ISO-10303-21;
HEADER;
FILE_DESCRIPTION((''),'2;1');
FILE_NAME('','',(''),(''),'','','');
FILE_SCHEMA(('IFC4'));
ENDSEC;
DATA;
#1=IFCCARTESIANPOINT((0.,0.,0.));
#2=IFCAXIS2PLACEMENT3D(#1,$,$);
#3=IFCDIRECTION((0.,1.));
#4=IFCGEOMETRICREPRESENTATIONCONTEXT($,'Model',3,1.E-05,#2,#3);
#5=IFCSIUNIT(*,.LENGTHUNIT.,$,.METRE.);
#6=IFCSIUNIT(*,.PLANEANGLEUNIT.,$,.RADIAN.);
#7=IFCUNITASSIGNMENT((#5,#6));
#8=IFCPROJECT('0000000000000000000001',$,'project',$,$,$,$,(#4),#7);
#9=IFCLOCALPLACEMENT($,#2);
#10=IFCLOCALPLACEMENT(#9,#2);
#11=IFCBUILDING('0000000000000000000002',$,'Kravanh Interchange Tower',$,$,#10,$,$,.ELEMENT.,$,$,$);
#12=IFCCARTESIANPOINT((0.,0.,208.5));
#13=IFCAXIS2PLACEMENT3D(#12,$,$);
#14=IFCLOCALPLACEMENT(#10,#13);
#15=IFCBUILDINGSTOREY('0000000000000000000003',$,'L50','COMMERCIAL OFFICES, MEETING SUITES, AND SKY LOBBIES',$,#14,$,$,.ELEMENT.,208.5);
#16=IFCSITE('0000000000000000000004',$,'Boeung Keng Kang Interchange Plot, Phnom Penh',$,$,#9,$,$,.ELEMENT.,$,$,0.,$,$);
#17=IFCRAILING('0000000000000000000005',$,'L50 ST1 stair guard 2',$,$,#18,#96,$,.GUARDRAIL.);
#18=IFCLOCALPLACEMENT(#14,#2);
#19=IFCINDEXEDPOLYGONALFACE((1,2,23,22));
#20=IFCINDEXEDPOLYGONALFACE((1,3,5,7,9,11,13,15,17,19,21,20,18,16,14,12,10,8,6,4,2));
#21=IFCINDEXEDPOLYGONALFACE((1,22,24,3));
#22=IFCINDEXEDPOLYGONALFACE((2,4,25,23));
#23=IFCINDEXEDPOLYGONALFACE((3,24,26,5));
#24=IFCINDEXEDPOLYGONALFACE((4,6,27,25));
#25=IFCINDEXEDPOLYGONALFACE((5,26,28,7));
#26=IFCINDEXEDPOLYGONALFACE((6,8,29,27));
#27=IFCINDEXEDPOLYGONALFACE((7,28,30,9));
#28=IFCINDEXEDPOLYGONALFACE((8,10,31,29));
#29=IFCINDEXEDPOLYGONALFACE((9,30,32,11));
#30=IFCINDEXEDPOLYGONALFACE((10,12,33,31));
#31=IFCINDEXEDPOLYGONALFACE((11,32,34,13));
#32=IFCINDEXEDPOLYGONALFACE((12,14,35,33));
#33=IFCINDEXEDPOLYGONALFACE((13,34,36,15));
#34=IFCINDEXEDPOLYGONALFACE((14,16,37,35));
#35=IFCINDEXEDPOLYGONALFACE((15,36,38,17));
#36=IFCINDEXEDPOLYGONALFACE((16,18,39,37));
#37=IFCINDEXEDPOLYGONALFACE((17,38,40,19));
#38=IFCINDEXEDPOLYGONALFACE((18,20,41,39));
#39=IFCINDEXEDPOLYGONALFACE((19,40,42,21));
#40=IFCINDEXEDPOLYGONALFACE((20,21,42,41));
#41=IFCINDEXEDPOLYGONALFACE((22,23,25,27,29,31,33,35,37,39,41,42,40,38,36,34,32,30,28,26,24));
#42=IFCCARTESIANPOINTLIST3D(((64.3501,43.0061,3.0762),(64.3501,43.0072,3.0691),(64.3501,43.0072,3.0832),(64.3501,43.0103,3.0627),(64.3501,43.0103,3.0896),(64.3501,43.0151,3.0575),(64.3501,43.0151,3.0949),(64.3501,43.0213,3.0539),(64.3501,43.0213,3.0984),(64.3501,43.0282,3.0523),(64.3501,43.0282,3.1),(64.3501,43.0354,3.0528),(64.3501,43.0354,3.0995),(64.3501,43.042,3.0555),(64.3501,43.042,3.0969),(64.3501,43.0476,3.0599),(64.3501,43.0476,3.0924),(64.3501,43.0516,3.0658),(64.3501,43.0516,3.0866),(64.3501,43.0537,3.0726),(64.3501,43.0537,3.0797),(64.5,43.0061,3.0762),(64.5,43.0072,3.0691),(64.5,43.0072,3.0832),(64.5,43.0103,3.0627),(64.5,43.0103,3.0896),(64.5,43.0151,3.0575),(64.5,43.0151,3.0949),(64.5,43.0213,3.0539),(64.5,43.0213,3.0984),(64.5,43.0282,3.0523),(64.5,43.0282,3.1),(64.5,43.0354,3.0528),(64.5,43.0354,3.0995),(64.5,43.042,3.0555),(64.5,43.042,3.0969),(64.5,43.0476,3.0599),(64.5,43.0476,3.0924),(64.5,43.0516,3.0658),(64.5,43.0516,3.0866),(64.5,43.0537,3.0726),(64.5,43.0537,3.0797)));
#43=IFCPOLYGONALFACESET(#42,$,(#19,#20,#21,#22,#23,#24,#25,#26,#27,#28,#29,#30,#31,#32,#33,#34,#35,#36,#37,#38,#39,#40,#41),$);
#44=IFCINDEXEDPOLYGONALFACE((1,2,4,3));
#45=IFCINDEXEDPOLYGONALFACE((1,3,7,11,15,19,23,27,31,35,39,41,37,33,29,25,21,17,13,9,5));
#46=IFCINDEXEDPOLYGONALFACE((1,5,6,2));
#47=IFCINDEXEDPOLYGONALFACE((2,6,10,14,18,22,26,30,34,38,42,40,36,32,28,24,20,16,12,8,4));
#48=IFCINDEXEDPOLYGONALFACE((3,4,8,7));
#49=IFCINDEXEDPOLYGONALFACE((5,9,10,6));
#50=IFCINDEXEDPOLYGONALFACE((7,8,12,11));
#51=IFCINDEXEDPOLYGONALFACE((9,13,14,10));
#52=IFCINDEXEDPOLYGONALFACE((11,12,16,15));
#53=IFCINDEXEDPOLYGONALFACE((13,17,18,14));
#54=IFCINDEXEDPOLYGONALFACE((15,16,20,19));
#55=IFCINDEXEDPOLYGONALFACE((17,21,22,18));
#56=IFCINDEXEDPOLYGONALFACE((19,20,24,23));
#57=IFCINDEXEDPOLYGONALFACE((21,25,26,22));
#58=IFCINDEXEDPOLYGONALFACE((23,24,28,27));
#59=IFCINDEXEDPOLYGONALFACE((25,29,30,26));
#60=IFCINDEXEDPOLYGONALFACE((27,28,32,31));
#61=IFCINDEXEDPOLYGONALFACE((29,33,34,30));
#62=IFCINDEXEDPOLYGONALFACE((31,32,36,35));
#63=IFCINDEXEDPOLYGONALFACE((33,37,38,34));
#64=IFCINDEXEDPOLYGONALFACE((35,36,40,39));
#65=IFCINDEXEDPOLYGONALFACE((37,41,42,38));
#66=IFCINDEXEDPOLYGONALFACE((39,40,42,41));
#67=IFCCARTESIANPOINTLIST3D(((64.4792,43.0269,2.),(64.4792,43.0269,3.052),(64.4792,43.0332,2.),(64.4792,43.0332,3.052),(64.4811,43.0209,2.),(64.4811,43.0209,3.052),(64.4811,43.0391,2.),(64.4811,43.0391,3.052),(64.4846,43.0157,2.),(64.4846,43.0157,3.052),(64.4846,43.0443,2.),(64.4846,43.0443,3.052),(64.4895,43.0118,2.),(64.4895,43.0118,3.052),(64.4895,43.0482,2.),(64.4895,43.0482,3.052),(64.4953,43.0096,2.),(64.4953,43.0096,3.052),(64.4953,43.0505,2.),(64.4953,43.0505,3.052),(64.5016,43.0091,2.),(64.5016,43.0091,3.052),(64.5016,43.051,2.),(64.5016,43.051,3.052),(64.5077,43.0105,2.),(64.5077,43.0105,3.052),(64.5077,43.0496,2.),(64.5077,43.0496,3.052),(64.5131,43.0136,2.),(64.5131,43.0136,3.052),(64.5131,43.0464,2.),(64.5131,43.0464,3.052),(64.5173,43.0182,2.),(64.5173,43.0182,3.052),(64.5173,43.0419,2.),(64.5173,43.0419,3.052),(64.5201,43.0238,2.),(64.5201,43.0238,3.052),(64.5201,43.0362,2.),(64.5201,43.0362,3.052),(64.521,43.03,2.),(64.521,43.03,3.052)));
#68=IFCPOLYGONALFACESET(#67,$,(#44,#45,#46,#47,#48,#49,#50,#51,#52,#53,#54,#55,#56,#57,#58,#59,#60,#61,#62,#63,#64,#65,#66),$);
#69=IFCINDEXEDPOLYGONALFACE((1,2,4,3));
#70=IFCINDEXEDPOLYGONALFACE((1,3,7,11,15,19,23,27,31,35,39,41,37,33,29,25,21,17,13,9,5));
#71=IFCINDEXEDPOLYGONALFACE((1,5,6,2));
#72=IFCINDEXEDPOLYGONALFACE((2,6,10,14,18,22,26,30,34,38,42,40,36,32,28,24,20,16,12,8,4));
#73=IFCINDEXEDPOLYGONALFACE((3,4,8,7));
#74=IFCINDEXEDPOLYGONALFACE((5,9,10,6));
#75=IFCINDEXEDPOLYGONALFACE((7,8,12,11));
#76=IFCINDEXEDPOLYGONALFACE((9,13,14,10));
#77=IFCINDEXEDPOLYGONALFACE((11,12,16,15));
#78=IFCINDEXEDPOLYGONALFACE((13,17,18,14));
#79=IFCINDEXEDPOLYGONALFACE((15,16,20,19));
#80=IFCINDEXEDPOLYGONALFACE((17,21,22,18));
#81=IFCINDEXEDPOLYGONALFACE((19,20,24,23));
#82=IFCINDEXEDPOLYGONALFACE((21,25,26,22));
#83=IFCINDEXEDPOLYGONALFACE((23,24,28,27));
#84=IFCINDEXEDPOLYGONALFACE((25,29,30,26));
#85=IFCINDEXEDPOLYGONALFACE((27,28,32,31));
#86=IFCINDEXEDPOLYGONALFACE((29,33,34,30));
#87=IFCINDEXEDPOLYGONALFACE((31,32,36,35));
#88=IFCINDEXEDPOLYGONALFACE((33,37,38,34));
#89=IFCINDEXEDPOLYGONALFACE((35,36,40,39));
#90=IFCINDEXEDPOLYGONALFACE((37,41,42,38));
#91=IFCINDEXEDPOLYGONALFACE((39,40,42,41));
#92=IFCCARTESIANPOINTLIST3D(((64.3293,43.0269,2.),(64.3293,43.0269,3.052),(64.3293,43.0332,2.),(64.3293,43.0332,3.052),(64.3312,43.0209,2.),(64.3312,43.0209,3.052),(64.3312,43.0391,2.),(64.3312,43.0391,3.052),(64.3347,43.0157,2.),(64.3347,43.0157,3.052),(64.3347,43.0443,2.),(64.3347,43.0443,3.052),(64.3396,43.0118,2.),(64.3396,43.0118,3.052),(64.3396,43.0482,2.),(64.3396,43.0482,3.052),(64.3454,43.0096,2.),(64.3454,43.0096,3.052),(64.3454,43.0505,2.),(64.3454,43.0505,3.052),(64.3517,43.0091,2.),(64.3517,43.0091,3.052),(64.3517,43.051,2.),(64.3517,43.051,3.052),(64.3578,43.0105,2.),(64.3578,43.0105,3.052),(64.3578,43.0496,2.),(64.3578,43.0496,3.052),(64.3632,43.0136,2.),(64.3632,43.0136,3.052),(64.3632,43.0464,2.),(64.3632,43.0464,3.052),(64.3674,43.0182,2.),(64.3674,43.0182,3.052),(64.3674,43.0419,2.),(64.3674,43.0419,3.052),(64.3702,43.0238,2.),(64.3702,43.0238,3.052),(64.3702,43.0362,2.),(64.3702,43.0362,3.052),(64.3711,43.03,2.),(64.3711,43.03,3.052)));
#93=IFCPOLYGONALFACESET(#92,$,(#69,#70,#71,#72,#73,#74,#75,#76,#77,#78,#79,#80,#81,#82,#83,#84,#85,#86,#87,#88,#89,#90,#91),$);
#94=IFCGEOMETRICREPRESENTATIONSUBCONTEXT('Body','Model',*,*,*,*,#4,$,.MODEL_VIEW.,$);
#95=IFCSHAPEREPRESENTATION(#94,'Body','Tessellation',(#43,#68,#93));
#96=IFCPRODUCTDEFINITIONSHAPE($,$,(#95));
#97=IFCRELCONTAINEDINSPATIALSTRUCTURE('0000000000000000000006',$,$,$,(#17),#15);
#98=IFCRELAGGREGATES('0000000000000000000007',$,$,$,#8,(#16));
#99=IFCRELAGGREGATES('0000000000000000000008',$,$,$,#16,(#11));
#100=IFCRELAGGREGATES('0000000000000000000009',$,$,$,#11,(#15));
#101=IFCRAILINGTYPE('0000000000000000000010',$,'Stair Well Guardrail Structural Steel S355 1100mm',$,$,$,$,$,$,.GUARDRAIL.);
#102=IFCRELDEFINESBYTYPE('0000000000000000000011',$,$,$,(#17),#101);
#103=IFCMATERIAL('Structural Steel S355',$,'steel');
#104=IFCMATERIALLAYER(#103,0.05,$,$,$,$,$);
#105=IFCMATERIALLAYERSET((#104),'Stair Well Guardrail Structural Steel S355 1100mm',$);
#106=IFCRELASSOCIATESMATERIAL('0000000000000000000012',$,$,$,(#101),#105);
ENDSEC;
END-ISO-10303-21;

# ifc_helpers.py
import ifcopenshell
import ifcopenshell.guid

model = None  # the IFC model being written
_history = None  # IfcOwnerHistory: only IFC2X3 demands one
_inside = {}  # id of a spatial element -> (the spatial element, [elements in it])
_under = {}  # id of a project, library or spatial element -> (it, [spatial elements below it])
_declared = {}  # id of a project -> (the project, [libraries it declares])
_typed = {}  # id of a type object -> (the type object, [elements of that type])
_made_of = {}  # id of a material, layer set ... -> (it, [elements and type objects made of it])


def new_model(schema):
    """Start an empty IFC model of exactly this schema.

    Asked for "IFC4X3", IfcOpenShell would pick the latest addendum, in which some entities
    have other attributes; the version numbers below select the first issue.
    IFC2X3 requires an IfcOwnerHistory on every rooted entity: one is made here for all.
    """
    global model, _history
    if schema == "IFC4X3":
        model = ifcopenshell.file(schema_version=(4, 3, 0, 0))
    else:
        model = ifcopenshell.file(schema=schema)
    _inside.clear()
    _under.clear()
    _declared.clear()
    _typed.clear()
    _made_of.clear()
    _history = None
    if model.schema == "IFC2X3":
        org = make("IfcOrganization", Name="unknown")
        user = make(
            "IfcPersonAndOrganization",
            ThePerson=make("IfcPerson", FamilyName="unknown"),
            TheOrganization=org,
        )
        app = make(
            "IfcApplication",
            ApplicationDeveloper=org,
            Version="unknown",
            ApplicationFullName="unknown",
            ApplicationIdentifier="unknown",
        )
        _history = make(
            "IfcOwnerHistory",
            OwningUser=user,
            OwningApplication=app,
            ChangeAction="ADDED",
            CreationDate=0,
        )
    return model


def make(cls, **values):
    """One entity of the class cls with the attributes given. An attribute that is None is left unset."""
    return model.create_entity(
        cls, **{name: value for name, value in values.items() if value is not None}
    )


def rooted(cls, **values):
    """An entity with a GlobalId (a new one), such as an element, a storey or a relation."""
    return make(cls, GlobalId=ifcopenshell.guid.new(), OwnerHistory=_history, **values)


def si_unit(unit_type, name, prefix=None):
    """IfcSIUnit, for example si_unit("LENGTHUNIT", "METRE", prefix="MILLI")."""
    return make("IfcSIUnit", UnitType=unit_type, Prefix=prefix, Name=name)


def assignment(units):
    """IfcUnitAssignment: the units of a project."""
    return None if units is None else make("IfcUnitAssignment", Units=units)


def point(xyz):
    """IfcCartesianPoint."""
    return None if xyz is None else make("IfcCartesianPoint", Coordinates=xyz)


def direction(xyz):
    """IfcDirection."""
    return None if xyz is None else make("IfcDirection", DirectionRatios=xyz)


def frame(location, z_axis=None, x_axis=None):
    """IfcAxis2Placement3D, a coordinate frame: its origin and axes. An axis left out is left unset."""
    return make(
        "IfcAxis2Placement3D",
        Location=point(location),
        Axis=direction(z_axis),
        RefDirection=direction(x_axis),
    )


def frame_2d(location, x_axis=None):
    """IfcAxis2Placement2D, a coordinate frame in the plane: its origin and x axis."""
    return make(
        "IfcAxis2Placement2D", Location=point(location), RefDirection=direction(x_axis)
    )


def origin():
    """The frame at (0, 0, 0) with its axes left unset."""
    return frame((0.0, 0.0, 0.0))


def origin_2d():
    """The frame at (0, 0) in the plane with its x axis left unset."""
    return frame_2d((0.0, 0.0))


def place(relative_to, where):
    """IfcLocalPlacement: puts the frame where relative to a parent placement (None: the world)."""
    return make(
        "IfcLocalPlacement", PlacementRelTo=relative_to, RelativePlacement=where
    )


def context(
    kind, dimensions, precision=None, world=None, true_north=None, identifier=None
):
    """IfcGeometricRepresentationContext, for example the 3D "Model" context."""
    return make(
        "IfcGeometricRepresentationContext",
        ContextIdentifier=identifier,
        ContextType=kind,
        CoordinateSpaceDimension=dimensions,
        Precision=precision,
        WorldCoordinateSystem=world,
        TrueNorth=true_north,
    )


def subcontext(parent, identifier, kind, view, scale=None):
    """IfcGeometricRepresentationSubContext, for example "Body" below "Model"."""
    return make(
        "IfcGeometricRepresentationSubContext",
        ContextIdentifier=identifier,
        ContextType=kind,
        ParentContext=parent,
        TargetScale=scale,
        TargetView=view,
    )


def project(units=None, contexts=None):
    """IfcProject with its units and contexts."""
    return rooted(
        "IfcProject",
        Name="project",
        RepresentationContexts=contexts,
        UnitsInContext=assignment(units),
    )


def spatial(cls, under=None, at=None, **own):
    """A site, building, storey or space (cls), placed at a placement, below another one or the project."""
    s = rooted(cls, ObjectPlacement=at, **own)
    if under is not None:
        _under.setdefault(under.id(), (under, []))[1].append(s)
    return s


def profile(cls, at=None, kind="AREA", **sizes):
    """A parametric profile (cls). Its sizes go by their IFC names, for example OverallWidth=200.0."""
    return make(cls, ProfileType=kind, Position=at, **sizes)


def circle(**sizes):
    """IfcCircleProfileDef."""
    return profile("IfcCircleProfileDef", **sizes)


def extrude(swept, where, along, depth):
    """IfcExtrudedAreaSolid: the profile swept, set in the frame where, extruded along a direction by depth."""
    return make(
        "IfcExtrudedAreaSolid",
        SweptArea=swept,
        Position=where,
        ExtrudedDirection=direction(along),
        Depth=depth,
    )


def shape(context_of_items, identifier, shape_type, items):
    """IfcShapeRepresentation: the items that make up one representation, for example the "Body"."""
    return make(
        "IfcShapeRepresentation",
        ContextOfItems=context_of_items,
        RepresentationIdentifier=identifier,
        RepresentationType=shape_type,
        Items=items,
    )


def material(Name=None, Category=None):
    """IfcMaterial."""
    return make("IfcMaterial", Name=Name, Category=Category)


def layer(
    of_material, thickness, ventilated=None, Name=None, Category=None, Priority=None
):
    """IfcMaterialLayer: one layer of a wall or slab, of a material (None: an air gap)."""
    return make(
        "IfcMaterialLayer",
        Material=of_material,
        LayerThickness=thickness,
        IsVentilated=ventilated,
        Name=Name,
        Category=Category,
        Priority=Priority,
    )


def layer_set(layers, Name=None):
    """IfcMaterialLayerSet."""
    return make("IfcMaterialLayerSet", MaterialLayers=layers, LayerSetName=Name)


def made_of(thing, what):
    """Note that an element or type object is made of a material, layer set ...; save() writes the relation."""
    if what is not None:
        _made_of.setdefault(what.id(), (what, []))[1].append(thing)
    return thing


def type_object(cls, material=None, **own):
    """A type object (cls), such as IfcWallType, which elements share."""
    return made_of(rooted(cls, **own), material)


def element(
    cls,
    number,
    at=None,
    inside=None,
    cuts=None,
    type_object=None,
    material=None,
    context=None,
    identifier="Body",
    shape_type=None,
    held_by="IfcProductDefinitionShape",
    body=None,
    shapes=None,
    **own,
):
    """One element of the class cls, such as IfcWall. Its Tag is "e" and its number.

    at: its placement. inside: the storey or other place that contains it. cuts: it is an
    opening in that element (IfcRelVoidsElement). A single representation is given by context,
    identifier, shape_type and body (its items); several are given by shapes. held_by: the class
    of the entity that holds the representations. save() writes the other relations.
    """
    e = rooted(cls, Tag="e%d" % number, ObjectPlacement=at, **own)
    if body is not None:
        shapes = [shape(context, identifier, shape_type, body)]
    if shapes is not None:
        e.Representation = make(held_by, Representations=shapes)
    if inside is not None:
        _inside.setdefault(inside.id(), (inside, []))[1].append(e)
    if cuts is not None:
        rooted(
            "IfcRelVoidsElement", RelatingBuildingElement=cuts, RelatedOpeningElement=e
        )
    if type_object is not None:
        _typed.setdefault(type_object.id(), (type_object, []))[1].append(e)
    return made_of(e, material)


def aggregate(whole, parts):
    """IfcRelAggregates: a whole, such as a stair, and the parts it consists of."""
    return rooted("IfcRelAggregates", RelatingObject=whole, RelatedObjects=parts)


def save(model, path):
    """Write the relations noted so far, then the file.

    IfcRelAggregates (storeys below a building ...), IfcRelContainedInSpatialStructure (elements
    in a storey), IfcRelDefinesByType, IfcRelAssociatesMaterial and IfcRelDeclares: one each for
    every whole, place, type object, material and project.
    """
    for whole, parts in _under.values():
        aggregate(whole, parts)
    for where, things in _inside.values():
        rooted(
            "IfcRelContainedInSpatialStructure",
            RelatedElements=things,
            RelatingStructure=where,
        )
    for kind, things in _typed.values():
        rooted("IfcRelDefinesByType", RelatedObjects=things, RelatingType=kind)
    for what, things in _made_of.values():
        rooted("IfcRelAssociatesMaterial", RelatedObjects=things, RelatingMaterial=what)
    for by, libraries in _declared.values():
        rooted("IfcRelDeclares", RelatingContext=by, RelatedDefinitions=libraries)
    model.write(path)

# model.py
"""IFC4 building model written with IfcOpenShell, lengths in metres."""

from ifc_helpers import new_model, si_unit, direction, frame, origin, origin_2d, place, context, subcontext, project, spatial, circle, extrude, material, layer, layer_set, type_object, element, save


model = new_model("IFC4")

# Units and contexts
model_context = context("Model", 3, precision=1e-05, world=origin(), true_north=direction((0.0, 1.0)))
body_context = subcontext(model_context, "Body", "Model", "MODEL_VIEW")
ifc_project = project(units=[si_unit("LENGTHUNIT", "METRE"), si_unit("PLANEANGLEUNIT", "RADIAN")], contexts=[model_context])

# Site, building, storey
site_placement = place(None, origin())
site = spatial("IfcSite", under=ifc_project, at=site_placement, Name="Boeung Keng Kang Interchange Plot, Phnom Penh", CompositionType="ELEMENT", RefElevation=0.0)
building_placement = place(site_placement, origin())
building = spatial("IfcBuilding", under=site, at=building_placement, Name="Kravanh Interchange Tower", CompositionType="ELEMENT")
storey_placement = place(building_placement, frame((0.0, 0.0, 208.5)))
storey = spatial("IfcBuildingStorey", under=building, at=storey_placement, Name="L50", Description="COMMERCIAL OFFICES, MEETING SUITES, AND SKY LOBBIES", CompositionType="ELEMENT", Elevation=208.5)

# Railing
ifc_material_1 = material(Name="Structural Steel S355", Category="steel")
ifc_layer_1 = layer(ifc_material_1, 0.05)
ifc_layer_set_1 = layer_set([ifc_layer_1], Name="Stair Well Guardrail Structural Steel S355 1100mm")
railing_type_1 = type_object("IfcRailingType", Name="Stair Well Guardrail Structural Steel S355 1100mm", PredefinedType="GUARDRAIL", material=ifc_layer_set_1)
railing_1_placement = place(storey_placement, frame((64.5, 43.03, 2.0)))
element("IfcRailing", 1, at=railing_1_placement, inside=storey, type_object=railing_type_1, Name="L50 ST1 stair guard 2", PredefinedType="GUARDRAIL", context=body_context, shape_type="SweptSolid", body=[
    extrude(circle(Radius=0.0239, at=origin_2d()), frame((0.0, 0.0, 1.0762), z_axis=(-1.0, 0.0, 0.0), x_axis=(0.0, -1.0, 0.0)), (0.0, 0.0, 1.0), 0.1499),
    extrude(circle(Radius=0.021, at=origin_2d()), origin(), (0.0, 0.0, 1.0), 1.052),
    extrude(circle(Radius=0.021, at=origin_2d()), frame((-0.1499, 0.0, 0.0)), (0.0, 0.0, 1.0), 1.052),
])

save(model, "model.ifc")
